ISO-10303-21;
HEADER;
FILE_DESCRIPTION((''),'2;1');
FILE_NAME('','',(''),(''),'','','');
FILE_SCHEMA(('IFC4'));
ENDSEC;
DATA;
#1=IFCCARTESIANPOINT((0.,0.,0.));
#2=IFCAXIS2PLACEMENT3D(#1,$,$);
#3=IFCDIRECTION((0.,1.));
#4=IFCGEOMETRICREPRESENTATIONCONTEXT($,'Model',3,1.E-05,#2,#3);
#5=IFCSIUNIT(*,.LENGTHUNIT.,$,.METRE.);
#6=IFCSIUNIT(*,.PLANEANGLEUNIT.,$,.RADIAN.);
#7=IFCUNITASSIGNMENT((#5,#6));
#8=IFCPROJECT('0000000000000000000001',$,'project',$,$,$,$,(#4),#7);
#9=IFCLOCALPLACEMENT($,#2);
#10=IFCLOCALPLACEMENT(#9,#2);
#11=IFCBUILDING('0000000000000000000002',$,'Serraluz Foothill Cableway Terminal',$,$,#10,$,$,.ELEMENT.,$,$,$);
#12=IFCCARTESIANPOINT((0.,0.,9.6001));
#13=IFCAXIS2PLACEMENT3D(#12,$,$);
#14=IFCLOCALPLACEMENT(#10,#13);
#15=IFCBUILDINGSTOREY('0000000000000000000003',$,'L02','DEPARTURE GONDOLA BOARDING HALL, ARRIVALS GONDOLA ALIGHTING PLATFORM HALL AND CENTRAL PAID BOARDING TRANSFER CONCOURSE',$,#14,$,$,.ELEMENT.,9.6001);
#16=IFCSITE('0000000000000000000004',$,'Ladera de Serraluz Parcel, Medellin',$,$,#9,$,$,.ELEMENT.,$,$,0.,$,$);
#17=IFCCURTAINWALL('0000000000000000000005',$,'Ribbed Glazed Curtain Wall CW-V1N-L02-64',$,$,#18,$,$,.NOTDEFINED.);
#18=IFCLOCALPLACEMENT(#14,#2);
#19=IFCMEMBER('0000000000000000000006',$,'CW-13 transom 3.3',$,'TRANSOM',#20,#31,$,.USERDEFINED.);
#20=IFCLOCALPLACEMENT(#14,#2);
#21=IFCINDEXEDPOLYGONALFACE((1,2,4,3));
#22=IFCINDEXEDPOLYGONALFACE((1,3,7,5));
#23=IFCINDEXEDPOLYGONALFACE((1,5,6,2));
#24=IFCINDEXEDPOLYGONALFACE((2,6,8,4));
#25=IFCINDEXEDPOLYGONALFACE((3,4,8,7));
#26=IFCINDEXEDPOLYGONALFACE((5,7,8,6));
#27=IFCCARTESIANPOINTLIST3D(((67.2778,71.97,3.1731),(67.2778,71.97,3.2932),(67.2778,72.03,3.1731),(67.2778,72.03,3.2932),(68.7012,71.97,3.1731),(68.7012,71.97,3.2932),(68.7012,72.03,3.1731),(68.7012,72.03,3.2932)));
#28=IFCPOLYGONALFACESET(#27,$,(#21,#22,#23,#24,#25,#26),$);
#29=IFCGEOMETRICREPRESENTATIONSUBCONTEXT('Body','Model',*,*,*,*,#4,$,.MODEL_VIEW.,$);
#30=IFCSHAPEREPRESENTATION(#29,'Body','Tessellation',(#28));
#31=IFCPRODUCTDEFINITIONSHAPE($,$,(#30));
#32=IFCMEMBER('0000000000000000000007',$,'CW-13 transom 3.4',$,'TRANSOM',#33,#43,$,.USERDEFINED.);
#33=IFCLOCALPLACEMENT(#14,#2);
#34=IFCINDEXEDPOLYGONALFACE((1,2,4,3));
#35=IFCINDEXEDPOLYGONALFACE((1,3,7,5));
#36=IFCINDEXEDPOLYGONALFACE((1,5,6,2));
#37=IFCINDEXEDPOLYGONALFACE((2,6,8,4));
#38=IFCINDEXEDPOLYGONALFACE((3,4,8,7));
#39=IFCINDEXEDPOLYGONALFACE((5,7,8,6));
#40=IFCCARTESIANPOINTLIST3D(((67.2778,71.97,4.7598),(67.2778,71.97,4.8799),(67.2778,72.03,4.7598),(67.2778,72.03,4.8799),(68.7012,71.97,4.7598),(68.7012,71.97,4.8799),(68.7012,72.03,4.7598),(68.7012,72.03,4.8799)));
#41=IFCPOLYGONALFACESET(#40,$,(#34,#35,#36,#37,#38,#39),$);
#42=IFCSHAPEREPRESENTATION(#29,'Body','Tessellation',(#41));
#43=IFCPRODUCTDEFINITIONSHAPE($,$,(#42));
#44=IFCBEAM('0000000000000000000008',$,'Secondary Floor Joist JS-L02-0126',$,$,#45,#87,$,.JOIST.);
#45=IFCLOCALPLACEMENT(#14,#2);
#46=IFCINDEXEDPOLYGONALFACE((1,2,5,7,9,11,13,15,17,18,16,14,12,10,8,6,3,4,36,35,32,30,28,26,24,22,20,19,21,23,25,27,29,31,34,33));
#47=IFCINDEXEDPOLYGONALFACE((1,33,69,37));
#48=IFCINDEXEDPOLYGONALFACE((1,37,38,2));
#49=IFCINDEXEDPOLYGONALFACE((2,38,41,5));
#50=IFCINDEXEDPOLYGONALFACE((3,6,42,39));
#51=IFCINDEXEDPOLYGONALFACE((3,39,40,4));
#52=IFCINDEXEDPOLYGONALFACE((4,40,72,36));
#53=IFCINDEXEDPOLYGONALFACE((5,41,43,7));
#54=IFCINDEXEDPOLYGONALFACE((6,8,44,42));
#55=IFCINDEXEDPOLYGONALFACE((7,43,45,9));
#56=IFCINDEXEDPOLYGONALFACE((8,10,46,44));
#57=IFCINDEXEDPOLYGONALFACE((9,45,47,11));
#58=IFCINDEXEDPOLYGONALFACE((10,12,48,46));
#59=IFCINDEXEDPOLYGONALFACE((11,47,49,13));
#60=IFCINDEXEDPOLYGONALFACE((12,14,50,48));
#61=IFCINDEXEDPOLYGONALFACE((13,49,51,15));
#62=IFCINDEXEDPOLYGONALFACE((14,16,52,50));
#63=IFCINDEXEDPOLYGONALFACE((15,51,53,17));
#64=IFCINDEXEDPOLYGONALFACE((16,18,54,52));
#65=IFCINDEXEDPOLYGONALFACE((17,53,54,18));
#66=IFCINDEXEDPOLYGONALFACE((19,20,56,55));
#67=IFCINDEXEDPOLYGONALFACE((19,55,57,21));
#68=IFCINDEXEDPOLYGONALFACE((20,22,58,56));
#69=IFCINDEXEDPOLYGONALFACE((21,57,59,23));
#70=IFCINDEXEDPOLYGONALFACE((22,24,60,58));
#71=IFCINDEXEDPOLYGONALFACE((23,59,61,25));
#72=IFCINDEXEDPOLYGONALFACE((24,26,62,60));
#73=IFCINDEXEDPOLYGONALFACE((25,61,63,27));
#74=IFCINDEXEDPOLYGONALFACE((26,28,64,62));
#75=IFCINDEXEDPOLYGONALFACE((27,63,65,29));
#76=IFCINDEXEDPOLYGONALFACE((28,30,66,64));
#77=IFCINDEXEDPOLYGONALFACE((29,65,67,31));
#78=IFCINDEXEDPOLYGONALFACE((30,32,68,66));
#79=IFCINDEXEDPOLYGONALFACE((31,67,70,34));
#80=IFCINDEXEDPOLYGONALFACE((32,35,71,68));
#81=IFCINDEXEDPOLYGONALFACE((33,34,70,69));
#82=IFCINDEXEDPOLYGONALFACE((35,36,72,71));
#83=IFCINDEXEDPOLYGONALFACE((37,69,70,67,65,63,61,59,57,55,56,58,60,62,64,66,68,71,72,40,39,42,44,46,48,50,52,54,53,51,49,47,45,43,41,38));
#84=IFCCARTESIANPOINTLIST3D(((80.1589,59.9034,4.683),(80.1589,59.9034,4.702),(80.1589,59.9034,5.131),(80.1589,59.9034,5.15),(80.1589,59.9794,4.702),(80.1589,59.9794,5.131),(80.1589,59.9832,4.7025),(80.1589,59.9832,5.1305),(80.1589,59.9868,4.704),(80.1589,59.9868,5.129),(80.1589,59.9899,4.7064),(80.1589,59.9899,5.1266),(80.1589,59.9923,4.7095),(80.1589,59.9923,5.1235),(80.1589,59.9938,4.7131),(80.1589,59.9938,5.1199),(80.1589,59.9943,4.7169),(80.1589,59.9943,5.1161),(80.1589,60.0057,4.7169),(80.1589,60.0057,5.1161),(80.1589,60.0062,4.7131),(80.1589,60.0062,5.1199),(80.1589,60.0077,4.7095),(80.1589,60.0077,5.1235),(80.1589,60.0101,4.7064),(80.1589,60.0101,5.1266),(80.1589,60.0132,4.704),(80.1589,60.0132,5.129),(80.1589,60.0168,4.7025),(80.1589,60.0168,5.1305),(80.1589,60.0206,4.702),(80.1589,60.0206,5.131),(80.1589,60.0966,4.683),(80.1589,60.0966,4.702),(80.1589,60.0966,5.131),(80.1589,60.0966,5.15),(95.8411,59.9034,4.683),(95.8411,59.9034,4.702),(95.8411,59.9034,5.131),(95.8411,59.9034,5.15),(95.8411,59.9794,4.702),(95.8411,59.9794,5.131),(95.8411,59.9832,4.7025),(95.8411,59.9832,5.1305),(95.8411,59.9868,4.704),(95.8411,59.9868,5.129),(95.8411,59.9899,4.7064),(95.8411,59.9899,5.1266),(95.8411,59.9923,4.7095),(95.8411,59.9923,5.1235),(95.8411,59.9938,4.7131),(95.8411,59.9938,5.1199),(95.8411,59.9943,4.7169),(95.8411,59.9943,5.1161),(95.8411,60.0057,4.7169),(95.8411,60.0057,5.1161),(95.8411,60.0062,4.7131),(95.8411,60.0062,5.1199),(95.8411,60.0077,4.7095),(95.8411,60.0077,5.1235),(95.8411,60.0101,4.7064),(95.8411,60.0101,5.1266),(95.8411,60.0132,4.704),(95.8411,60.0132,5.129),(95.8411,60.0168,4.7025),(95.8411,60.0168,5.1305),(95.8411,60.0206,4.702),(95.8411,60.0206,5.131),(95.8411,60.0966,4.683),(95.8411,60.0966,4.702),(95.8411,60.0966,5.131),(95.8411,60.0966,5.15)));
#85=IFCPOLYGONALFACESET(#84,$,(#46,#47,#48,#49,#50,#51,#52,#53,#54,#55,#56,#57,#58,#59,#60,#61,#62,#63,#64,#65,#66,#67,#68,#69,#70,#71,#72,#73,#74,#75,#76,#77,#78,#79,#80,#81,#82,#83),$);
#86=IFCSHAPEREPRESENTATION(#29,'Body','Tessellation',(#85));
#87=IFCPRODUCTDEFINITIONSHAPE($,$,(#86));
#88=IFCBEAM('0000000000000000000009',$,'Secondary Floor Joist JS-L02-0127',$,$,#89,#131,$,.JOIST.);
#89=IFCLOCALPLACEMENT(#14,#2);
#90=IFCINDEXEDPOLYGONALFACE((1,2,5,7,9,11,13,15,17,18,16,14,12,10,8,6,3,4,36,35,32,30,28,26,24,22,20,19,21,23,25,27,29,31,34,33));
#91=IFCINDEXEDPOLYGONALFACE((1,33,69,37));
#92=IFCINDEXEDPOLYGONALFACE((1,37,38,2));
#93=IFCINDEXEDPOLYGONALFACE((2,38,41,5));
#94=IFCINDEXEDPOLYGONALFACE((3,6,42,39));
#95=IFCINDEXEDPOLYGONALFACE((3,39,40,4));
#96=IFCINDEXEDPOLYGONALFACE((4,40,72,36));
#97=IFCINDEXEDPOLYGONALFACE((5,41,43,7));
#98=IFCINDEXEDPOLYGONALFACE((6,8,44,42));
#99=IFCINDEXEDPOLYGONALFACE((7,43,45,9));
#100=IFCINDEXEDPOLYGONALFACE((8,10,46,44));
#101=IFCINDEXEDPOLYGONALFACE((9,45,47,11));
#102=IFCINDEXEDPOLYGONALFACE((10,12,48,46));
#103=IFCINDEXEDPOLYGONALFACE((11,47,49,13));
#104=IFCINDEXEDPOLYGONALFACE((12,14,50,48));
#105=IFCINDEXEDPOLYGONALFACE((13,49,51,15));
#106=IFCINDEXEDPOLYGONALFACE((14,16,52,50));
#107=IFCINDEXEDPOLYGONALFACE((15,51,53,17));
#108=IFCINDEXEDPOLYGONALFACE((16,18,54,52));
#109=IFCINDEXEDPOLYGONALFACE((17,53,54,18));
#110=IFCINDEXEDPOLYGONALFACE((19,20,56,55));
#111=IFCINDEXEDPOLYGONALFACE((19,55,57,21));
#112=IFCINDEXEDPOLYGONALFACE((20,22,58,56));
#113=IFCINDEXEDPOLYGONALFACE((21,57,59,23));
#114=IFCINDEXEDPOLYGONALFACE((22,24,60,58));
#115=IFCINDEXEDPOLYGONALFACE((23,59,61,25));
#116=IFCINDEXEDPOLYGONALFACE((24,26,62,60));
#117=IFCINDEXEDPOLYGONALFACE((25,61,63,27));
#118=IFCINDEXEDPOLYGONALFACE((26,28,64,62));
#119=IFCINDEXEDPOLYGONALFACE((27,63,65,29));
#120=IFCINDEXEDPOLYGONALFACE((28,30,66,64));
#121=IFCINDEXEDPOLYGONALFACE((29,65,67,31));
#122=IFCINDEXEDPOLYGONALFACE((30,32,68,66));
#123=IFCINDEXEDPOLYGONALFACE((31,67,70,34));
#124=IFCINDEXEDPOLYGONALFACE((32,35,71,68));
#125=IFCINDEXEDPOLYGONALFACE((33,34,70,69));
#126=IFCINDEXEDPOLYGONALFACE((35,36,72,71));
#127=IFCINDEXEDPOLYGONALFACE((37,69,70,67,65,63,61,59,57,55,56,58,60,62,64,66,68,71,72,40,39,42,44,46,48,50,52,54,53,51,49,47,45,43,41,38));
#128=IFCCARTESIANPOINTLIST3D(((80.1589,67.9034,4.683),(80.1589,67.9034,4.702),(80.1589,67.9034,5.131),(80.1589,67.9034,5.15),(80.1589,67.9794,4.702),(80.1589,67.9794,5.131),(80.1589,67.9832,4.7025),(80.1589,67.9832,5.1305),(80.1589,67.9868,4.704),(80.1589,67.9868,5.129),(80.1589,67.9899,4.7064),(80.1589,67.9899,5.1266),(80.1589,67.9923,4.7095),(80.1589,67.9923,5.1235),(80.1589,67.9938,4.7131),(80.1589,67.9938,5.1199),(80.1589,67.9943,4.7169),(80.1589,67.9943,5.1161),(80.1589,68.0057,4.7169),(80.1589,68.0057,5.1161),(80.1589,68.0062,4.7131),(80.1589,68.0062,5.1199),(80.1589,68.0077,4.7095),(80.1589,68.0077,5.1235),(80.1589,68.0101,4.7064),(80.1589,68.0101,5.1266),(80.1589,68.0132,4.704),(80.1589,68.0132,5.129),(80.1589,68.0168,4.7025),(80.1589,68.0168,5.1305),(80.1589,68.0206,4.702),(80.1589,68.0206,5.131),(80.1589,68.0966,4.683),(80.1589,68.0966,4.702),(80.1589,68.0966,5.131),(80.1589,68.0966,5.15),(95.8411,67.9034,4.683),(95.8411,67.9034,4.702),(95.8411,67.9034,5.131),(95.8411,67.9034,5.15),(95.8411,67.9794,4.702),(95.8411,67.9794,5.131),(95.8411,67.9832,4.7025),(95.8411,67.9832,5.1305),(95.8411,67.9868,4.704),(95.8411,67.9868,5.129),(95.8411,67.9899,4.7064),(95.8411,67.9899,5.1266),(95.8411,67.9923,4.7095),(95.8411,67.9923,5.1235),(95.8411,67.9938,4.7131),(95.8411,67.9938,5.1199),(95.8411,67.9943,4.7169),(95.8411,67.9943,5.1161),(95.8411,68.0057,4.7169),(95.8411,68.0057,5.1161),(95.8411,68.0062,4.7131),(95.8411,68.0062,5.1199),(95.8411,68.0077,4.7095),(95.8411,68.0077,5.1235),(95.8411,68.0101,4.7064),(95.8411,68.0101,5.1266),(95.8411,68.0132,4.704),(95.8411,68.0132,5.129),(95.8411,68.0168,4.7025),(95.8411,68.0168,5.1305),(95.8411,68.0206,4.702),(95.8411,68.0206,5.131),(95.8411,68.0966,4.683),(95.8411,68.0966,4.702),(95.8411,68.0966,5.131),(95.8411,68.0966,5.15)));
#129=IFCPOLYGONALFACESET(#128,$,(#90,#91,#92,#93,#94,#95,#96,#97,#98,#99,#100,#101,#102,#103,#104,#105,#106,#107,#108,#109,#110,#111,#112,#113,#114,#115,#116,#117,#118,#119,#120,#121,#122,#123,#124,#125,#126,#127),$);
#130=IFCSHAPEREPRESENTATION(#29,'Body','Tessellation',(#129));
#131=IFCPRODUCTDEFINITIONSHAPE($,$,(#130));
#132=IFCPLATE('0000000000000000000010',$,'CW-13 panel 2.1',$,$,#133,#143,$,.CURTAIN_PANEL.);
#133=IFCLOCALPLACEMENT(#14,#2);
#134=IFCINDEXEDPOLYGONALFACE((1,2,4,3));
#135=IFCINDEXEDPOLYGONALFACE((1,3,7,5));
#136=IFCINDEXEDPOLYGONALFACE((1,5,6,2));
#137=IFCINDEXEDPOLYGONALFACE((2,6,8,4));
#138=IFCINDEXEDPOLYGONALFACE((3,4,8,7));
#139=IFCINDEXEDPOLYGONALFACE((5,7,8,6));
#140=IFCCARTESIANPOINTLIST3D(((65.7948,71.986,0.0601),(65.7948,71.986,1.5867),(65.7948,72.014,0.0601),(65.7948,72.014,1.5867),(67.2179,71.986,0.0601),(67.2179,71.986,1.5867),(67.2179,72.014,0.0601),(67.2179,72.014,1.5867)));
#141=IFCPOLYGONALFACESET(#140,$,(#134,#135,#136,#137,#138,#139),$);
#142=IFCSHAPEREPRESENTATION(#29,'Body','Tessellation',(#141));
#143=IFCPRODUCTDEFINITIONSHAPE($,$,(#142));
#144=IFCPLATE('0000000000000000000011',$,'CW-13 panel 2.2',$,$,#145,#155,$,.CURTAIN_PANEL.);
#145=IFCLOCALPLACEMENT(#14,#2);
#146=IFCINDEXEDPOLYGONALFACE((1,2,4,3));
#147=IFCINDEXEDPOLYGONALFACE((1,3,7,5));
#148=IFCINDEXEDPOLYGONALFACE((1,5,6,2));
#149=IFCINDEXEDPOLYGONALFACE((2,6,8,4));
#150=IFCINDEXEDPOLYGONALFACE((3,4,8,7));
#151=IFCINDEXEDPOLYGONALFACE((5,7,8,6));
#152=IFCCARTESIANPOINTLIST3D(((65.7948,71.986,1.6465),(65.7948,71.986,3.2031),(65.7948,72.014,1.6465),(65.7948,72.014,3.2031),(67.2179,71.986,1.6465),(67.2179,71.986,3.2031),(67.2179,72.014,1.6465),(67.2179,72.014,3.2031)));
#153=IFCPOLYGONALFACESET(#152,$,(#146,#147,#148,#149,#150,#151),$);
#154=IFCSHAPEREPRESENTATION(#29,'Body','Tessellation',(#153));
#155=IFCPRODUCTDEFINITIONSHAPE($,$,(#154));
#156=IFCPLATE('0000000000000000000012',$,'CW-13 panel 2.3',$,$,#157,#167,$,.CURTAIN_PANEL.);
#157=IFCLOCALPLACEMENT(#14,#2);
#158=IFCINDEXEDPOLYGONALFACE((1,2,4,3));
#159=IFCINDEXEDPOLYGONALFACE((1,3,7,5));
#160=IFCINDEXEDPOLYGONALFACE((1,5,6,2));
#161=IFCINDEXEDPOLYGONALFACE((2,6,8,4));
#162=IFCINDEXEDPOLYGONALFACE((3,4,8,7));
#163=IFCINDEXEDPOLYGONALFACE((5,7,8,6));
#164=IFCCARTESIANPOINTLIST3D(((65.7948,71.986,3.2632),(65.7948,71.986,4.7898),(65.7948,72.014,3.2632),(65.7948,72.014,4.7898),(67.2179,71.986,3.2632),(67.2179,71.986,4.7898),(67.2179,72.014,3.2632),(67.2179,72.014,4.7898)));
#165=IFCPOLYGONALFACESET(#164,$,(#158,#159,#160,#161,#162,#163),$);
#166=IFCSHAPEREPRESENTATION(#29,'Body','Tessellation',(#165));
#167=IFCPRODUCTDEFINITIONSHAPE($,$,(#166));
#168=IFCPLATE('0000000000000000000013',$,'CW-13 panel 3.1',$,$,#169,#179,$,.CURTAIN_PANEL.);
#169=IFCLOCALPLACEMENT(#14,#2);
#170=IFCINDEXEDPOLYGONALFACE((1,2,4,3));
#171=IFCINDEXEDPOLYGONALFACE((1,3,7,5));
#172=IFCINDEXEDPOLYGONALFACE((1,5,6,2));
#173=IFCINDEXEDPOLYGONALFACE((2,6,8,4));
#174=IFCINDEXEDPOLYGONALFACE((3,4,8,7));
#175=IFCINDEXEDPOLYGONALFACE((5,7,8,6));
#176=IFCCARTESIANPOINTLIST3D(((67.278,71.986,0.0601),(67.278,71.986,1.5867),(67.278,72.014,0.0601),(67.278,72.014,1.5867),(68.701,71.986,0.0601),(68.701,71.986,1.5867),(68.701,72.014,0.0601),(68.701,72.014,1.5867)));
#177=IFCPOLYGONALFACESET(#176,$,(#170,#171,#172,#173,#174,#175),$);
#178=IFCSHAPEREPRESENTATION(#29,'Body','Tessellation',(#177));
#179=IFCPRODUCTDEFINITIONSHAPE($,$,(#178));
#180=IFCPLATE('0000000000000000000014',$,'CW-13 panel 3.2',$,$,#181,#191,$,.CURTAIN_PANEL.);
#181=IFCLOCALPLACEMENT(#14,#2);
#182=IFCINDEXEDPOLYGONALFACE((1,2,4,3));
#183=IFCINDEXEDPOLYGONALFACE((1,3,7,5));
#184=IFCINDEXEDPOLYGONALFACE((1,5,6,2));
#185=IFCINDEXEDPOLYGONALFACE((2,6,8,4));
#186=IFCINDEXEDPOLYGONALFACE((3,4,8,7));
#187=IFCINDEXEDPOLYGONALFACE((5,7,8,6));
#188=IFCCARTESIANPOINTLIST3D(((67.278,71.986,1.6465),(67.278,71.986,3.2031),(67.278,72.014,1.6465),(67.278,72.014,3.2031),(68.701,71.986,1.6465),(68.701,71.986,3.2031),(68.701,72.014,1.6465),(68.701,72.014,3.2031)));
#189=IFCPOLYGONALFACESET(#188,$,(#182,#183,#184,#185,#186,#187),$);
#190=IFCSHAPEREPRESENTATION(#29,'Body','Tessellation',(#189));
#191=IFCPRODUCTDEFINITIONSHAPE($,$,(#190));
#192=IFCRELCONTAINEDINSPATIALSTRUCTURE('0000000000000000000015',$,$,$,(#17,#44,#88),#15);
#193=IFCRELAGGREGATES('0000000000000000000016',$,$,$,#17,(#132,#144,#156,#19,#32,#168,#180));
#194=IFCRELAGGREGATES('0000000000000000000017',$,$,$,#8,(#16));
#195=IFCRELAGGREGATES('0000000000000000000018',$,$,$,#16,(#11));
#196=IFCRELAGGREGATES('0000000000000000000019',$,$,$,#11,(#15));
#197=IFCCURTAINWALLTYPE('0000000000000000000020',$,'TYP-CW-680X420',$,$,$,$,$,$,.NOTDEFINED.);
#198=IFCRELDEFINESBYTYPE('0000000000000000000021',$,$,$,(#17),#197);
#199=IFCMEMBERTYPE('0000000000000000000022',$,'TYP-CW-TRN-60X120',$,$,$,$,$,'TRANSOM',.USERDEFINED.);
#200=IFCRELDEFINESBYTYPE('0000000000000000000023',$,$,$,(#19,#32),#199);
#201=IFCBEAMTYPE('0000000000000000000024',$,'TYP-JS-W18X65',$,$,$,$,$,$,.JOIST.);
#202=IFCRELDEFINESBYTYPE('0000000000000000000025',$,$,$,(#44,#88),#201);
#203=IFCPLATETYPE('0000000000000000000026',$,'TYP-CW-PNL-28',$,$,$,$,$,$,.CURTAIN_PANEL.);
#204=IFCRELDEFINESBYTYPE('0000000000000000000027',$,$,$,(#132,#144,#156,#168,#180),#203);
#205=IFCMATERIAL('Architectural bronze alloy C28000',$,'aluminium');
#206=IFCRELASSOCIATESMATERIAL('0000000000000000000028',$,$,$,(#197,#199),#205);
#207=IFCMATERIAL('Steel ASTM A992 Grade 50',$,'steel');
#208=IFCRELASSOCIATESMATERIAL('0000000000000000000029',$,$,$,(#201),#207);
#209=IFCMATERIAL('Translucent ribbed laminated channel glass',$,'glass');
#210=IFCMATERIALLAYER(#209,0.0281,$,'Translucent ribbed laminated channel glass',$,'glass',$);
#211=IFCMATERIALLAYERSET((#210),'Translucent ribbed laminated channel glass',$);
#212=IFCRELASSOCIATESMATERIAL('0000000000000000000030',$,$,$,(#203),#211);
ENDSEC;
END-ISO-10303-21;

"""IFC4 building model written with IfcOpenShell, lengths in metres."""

from ifc_helpers import new_model, si_unit, direction, frame, origin, origin_2d, place, context, subcontext, project, spatial, rectangle, i_section, extrude, material, layer, layer_set, material_profile, profile_set, type_object, element, aggregate, save


model = new_model("IFC4")

# Units and contexts
model_context = context("Model", 3, precision=1e-05, world=origin(), true_north=direction((0.0, 1.0)))
body_context = subcontext(model_context, "Body", "Model", "MODEL_VIEW")
ifc_project = project(units=[si_unit("LENGTHUNIT", "METRE"), si_unit("PLANEANGLEUNIT", "RADIAN")], contexts=[model_context])

# Site, building, storey
site_placement = place(None, origin())
site = spatial("IfcSite", under=ifc_project, at=site_placement, Name="Ladera de Serraluz Parcel, Medellin", CompositionType="ELEMENT", RefElevation=0.0)
building_placement = place(site_placement, origin())
building = spatial("IfcBuilding", under=site, at=building_placement, Name="Serraluz Foothill Cableway Terminal", CompositionType="ELEMENT")
storey_placement = place(building_placement, frame((0.0, 0.0, 9.6001)))
storey = spatial("IfcBuildingStorey", under=building, at=storey_placement, Name="L02", Description="DEPARTURE GONDOLA BOARDING HALL, ARRIVALS GONDOLA ALIGHTING PLATFORM HALL AND CENTRAL PAID BOARDING TRANSFER CONCOURSE", CompositionType="ELEMENT", Elevation=9.6001)

# Shared definitions
ifc_material_1 = material(Name="Steel ASTM A992 Grade 50", Category="steel")

# Curtain wall, members
ifc_material_2 = material(Name="Architectural bronze alloy C28000", Category="aluminium")
curtain_wall_type = type_object("IfcCurtainWallType", Name="TYP-CW-680X420", PredefinedType="NOTDEFINED", material=ifc_material_2)
curtain_wall_placement = place(storey_placement, origin())
curtain_wall = element("IfcCurtainWall", 1, at=curtain_wall_placement, inside=storey, type_object=curtain_wall_type, Name="Ribbed Glazed Curtain Wall CW-V1N-L02-64", PredefinedType="NOTDEFINED")
ifc_material_profile_1 = material_profile(ifc_material_2, rectangle(XDim=0.0601, YDim=0.1201, at=origin_2d()), Name="ALU TRANSOM 60x120")
ifc_profile_set_1 = profile_set([ifc_material_profile_1], Name="Architectural bronze alloy C28000")
member_type_1 = type_object("IfcMemberType", Name="TYP-CW-TRN-60X120", ElementType="TRANSOM", PredefinedType="USERDEFINED", material=ifc_profile_set_1)
member_1_placement = place(storey_placement, frame((67.2778, 72.0, 3.2332), z_axis=(1.0, 0.0, 0.0), x_axis=(0.0, 1.0, 0.0)))
member_1 = element("IfcMember", 2, at=member_1_placement, type_object=member_type_1, Name="CW-13 transom 3.3", ObjectType="TRANSOM", PredefinedType="USERDEFINED", context=body_context, shape_type="SweptSolid", body=[
    extrude(rectangle(XDim=0.0601, YDim=0.1201, at=origin_2d()), origin(), (0.0, 0.0, 1.0), 1.4233),
])
member_2_placement = place(storey_placement, frame((67.2778, 72.0, 4.8198), z_axis=(1.0, 0.0, 0.0), x_axis=(0.0, 1.0, 0.0)))
member_2 = element("IfcMember", 3, at=member_2_placement, type_object=member_type_1, Name="CW-13 transom 3.4", ObjectType="TRANSOM", PredefinedType="USERDEFINED", context=body_context, shape_type="SweptSolid", body=[
    extrude(rectangle(XDim=0.0601, YDim=0.1201, at=origin_2d()), origin(), (0.0, 0.0, 1.0), 1.4233),
])

# Beams
ifc_material_profile_2 = material_profile(ifc_material_1, i_section(OverallWidth=0.1931, OverallDepth=0.467, WebThickness=0.0115, FlangeThickness=0.019, FilletRadius=0.0149, at=origin_2d()), Name="W18X65")
ifc_profile_set_2 = profile_set([ifc_material_profile_2], Name="Steel ASTM A992 Grade 50")
beam_type_1 = type_object("IfcBeamType", Name="TYP-JS-W18X65", PredefinedType="JOIST", material=ifc_profile_set_2)
for number, where, z_axis, x_axis, name in (
    (4, (80.1589, 60.0, 4.9165), (1.0, 0.0, 0.0), (0.0, 1.0, 0.0), "Secondary Floor Joist JS-L02-0126"),
    (5, (80.1589, 68.0, 4.9165), (1.0, 0.0, 0.0), (0.0, 1.0, 0.0), "Secondary Floor Joist JS-L02-0127"),
):
    element("IfcBeam", number, at=place(storey_placement, frame(where, z_axis=z_axis, x_axis=x_axis)), inside=storey, type_object=beam_type_1, Name=name, PredefinedType="JOIST", context=body_context, shape_type="SweptSolid", body=[
        extrude(i_section(OverallWidth=0.1931, OverallDepth=0.467, WebThickness=0.0115, FlangeThickness=0.019, FilletRadius=0.0149, at=origin_2d()), origin(), (0.0, 0.0, 1.0), 15.6821),
    ])

# Plates
ifc_material_3 = material(Name="Translucent ribbed laminated channel glass", Category="glass")
ifc_layer_1 = layer(ifc_material_3, 0.0281, Name="Translucent ribbed laminated channel glass", Category="glass")
ifc_layer_set_1 = layer_set([ifc_layer_1], Name="Translucent ribbed laminated channel glass")
plate_type = type_object("IfcPlateType", Name="TYP-CW-PNL-28", PredefinedType="CURTAIN_PANEL", material=ifc_layer_set_1)
plate_1_placement = place(storey_placement, frame((66.5063, 72.0, 0.0601), z_axis=(0.0, 0.0, 1.0), x_axis=(1.0, 0.0, 0.0)))
plate_1 = element("IfcPlate", 6, at=plate_1_placement, type_object=plate_type, Name="CW-13 panel 2.1", PredefinedType="CURTAIN_PANEL", context=body_context, shape_type="SweptSolid", body=[
    extrude(rectangle(XDim=1.4231, YDim=0.0281, at=origin_2d()), origin(), (0.0, 0.0, 1.0), 1.5266),
])
plate_2_placement = place(storey_placement, frame((66.5063, 72.0, 1.6465), z_axis=(0.0, 0.0, 1.0), x_axis=(1.0, 0.0, 0.0)))
plate_2 = element("IfcPlate", 7, at=plate_2_placement, type_object=plate_type, Name="CW-13 panel 2.2", PredefinedType="CURTAIN_PANEL", context=body_context, shape_type="SweptSolid", body=[
    extrude(rectangle(XDim=1.4231, YDim=0.0281, at=origin_2d()), origin(), (0.0, 0.0, 1.0), 1.5566),
])
plate_3_placement = place(storey_placement, frame((66.5063, 72.0, 3.2632), z_axis=(0.0, 0.0, 1.0), x_axis=(1.0, 0.0, 0.0)))
plate_3 = element("IfcPlate", 8, at=plate_3_placement, type_object=plate_type, Name="CW-13 panel 2.3", PredefinedType="CURTAIN_PANEL", context=body_context, shape_type="SweptSolid", body=[
    extrude(rectangle(XDim=1.4231, YDim=0.0281, at=origin_2d()), origin(), (0.0, 0.0, 1.0), 1.5266),
])
plate_4_placement = place(storey_placement, frame((67.9895, 72.0, 0.0601), z_axis=(0.0, 0.0, 1.0), x_axis=(1.0, 0.0, 0.0)))
plate_4 = element("IfcPlate", 9, at=plate_4_placement, type_object=plate_type, Name="CW-13 panel 3.1", PredefinedType="CURTAIN_PANEL", context=body_context, shape_type="SweptSolid", body=[
    extrude(rectangle(XDim=1.4231, YDim=0.0281, at=origin_2d()), origin(), (0.0, 0.0, 1.0), 1.5266),
])
plate_5_placement = place(storey_placement, frame((67.9895, 72.0, 1.6465), z_axis=(0.0, 0.0, 1.0), x_axis=(1.0, 0.0, 0.0)))
plate_5 = element("IfcPlate", 10, at=plate_5_placement, type_object=plate_type, Name="CW-13 panel 3.2", PredefinedType="CURTAIN_PANEL", context=body_context, shape_type="SweptSolid", body=[
    extrude(rectangle(XDim=1.4231, YDim=0.0281, at=origin_2d()), origin(), (0.0, 0.0, 1.0), 1.5566),
])
aggregate(curtain_wall, [plate_1, plate_2, plate_3, member_1, member_2, plate_4, plate_5])

save(model, "model.ifc")
